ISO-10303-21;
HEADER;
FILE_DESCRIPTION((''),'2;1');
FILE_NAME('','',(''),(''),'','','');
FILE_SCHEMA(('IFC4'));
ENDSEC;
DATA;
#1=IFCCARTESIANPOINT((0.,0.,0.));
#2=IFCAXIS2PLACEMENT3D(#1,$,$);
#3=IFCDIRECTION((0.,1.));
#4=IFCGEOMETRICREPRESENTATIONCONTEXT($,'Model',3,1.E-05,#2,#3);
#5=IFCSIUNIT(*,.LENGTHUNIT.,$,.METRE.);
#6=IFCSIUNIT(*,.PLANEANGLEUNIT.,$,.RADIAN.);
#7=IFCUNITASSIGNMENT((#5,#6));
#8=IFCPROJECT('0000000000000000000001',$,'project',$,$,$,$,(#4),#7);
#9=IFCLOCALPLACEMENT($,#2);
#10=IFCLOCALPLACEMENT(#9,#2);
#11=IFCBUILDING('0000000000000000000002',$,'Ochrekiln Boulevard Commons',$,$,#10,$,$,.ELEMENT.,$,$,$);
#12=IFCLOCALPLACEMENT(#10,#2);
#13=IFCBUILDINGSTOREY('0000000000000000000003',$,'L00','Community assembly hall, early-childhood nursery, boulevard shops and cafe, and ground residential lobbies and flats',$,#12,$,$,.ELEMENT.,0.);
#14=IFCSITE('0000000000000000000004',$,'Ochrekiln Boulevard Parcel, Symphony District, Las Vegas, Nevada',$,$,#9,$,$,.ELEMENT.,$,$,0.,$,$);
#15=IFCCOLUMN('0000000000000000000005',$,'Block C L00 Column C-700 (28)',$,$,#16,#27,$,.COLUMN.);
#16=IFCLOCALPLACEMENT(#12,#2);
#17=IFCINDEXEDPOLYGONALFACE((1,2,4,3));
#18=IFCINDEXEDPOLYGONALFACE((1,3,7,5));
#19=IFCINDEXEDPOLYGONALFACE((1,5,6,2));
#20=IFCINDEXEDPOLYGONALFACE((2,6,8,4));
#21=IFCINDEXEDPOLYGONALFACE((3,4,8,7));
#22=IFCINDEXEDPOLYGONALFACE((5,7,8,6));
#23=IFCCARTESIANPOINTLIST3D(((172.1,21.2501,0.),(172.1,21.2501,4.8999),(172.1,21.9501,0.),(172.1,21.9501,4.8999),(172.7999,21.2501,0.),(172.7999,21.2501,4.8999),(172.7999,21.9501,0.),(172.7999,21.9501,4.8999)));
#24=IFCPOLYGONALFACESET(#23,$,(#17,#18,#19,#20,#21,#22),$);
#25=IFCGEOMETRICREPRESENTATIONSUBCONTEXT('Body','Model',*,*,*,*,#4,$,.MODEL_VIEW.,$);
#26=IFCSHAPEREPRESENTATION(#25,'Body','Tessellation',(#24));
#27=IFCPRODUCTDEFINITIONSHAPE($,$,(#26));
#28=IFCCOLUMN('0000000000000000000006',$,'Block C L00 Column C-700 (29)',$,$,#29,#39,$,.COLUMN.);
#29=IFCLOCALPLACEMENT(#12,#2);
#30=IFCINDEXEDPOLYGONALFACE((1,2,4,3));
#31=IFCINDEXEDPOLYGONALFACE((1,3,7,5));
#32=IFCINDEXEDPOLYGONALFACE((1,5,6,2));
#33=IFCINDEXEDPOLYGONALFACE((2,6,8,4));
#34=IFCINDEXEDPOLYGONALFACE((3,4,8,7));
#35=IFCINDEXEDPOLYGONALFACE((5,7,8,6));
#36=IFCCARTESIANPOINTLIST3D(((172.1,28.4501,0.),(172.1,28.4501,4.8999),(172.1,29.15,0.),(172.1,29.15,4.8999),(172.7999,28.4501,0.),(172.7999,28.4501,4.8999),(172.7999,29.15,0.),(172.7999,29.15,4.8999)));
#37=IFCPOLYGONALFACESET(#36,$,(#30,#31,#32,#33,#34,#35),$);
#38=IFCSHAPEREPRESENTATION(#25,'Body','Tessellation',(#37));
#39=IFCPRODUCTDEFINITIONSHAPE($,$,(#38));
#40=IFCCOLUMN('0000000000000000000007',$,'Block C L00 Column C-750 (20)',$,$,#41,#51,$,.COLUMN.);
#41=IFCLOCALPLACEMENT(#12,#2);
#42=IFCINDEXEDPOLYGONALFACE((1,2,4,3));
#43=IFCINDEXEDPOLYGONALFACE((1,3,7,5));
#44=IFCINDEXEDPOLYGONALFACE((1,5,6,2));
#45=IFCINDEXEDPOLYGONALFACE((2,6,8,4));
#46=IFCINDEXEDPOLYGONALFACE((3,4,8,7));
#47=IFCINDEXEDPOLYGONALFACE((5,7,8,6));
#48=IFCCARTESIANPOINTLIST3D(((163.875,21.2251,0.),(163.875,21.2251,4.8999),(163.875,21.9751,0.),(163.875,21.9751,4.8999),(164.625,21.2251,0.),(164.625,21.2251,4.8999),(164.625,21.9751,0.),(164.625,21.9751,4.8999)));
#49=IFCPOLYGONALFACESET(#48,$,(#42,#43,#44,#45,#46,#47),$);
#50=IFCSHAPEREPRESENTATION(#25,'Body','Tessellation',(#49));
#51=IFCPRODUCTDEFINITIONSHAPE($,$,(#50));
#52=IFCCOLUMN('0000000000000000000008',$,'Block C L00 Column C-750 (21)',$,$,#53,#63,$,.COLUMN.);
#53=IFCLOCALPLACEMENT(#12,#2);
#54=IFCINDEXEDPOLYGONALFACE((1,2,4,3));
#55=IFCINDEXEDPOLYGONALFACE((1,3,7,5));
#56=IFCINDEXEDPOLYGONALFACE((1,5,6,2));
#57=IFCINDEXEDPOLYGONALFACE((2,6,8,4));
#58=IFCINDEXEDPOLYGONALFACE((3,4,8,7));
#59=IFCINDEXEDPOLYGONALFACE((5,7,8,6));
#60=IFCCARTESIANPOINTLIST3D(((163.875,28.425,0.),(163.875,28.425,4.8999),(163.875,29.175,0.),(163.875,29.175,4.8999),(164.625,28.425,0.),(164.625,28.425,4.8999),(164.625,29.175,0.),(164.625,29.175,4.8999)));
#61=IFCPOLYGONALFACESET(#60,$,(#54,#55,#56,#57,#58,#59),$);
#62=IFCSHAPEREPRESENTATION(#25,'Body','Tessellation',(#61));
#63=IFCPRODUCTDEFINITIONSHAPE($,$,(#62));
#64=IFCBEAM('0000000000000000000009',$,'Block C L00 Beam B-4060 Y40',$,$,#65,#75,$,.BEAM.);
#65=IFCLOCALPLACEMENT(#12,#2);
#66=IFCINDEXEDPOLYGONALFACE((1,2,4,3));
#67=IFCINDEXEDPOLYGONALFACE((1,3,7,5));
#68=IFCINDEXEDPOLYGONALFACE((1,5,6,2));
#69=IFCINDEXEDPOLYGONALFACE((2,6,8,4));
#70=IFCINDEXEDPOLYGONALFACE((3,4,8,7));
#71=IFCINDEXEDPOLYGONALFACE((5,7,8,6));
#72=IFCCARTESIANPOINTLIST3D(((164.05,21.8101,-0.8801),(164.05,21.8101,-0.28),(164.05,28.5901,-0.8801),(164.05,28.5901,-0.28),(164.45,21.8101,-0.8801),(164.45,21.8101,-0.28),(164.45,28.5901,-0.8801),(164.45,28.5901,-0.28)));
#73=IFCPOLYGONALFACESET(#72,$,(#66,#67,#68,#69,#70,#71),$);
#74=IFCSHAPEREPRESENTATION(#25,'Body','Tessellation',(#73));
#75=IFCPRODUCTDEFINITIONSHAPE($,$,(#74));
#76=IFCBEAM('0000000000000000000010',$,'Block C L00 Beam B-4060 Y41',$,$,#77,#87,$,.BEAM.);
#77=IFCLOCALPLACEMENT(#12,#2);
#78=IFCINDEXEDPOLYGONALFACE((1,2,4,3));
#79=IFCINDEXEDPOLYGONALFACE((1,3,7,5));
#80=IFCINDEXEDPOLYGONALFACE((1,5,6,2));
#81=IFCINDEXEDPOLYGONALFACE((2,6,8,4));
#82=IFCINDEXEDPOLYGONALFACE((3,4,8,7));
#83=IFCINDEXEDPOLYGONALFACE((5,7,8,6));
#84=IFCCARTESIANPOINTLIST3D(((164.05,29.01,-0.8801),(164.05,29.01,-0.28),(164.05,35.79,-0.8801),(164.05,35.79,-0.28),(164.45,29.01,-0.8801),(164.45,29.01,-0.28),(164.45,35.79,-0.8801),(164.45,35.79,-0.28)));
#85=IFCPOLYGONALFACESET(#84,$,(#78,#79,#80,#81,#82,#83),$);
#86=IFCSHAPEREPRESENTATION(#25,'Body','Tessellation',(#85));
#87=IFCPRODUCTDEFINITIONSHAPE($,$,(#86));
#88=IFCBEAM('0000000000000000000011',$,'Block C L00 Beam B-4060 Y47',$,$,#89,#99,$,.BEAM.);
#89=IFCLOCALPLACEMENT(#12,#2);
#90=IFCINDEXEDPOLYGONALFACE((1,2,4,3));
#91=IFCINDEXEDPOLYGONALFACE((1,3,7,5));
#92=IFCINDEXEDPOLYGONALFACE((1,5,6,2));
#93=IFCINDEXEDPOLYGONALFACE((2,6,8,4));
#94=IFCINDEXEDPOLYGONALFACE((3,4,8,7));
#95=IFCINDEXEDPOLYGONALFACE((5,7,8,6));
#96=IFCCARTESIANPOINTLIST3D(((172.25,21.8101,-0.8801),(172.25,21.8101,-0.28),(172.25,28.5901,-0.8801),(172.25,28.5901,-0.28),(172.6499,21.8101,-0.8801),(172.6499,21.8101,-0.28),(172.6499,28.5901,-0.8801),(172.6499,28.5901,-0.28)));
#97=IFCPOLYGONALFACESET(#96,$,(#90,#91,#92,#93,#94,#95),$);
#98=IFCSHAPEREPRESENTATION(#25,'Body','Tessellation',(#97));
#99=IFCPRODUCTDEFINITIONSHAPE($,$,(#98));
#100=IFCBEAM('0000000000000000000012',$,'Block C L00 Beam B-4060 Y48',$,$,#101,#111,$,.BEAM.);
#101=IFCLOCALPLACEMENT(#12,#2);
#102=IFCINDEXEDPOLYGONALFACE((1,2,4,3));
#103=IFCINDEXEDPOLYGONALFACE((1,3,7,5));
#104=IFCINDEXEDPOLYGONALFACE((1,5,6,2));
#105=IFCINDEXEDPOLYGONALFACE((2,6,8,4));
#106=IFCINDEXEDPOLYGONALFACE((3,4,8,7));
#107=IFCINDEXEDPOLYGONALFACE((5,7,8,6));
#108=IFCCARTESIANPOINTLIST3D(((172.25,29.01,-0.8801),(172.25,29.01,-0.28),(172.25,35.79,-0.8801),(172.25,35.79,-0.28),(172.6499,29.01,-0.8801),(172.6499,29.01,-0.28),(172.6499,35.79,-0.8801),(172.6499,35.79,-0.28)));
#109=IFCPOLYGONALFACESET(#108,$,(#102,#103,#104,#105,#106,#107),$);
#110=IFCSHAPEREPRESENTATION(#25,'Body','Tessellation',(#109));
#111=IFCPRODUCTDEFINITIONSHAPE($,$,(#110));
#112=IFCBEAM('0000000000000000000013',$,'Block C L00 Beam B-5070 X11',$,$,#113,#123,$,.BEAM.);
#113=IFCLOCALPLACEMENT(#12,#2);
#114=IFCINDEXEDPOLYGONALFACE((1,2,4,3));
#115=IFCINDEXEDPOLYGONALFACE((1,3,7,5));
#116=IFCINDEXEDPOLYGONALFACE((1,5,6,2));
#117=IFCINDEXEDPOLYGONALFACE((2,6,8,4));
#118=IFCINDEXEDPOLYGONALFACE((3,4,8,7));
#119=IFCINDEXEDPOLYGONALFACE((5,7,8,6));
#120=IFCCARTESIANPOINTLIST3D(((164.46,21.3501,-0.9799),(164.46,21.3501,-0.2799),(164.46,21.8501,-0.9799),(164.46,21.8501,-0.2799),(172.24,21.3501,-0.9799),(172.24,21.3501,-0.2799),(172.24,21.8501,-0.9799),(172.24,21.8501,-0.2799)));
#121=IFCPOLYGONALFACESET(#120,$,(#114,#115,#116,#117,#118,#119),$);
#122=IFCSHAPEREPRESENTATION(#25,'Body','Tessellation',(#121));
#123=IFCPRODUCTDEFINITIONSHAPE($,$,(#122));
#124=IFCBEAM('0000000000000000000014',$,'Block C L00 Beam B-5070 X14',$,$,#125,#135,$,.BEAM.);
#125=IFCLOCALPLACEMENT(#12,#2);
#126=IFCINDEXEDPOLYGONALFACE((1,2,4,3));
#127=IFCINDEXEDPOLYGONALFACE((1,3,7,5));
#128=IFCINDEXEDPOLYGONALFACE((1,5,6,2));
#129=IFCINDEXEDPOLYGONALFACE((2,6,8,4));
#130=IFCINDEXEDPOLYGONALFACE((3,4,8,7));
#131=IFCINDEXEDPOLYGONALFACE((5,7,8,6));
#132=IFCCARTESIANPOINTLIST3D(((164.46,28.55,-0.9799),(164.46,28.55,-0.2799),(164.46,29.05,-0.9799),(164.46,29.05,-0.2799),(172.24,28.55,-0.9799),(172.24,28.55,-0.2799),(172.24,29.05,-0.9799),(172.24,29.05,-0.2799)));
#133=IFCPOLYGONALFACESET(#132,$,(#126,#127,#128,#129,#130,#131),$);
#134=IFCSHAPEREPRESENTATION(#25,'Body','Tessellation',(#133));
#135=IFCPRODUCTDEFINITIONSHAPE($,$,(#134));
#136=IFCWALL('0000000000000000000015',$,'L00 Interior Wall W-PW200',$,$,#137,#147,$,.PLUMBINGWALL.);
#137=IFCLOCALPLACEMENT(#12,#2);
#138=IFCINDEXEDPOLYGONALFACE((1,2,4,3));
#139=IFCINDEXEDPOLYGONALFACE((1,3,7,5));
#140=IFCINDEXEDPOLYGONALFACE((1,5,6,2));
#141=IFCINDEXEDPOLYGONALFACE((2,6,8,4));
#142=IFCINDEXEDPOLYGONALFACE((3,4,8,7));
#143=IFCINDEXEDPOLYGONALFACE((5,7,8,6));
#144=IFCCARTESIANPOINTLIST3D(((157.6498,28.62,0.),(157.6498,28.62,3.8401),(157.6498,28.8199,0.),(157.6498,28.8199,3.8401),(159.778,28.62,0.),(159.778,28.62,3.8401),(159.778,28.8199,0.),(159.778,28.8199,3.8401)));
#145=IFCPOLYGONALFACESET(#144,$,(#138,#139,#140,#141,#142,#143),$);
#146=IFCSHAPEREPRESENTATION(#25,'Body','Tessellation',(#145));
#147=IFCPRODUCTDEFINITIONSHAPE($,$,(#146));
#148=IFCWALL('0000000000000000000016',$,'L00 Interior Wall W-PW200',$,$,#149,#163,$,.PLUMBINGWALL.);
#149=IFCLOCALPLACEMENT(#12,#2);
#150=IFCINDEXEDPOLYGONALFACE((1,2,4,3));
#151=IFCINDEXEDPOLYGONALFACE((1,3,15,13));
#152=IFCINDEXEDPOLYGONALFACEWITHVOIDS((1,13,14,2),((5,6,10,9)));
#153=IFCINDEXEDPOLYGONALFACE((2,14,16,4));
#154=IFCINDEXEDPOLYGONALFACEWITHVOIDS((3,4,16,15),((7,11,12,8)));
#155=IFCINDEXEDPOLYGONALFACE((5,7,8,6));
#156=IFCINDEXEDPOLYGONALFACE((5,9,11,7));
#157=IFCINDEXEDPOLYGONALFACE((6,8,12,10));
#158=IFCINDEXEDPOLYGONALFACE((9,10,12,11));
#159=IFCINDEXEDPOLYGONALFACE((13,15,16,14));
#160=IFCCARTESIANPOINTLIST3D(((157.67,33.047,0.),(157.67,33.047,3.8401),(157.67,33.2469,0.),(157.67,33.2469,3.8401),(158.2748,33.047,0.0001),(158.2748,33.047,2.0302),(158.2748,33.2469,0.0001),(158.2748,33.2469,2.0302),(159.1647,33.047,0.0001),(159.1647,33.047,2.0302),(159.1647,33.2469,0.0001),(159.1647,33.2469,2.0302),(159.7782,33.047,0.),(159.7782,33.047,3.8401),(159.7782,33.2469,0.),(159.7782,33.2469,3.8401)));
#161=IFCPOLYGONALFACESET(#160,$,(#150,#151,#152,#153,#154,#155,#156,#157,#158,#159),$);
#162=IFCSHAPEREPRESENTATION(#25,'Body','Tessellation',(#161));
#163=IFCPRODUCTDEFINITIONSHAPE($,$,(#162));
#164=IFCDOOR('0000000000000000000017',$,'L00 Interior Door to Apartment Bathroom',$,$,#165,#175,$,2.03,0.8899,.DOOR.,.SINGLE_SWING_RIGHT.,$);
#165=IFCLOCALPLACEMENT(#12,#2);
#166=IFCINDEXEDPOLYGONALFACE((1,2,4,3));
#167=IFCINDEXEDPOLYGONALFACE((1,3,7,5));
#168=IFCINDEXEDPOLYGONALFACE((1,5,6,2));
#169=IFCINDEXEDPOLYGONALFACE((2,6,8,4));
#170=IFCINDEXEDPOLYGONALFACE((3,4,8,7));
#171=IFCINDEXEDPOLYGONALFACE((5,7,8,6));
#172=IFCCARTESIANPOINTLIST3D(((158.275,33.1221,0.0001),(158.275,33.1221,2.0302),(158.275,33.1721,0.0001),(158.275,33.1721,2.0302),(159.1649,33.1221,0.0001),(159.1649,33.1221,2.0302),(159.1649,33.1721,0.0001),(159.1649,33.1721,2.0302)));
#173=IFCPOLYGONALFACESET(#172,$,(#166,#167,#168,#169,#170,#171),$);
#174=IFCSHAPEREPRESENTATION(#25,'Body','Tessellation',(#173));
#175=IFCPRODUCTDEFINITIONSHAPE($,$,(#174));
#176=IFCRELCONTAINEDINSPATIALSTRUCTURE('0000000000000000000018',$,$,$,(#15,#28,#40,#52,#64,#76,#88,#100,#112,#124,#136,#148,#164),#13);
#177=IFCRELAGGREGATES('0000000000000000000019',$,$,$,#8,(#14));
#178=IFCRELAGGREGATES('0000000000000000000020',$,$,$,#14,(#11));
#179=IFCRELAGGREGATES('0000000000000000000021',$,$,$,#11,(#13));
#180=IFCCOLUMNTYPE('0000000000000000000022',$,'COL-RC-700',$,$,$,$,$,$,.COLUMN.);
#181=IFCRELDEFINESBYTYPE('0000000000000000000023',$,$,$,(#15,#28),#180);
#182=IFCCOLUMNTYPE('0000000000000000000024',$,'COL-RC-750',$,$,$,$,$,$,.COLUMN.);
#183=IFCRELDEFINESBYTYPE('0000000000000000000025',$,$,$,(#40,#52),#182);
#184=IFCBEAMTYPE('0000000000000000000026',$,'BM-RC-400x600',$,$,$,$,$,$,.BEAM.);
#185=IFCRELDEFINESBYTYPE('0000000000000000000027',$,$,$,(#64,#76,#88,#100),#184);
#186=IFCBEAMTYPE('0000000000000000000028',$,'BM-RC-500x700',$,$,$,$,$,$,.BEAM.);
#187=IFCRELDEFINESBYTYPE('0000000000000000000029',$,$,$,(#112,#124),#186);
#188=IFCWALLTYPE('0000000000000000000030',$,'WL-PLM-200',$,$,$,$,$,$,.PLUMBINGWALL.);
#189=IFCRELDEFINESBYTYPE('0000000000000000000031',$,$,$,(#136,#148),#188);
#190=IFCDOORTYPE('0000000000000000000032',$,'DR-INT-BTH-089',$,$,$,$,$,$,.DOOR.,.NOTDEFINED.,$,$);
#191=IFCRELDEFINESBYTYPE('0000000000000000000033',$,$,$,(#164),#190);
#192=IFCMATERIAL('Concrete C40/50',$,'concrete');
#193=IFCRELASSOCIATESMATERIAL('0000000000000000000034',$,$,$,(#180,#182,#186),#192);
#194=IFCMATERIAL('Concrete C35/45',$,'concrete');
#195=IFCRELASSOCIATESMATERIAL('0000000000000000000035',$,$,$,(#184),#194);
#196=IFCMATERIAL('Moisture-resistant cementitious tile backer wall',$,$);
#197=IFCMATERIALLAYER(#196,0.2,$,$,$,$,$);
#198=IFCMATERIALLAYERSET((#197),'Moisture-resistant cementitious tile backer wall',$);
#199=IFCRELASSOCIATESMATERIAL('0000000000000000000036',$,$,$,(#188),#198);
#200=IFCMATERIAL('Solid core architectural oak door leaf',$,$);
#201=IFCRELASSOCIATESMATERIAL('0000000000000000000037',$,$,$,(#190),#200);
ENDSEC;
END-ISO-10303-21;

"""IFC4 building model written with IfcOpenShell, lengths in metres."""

from ifc_helpers import new_model, si_unit, direction, frame, frame_2d, origin, origin_2d, place, context, subcontext, project, spatial, rectangle, extrude, material, layer, layer_set, material_profile, profile_set, type_object, element, fill, save


model = new_model("IFC4")

# Units and contexts
model_context = context("Model", 3, precision=1e-05, world=origin(), true_north=direction((0.0, 1.0)))
body_context = subcontext(model_context, "Body", "Model", "MODEL_VIEW")
ifc_project = project(units=[si_unit("LENGTHUNIT", "METRE"), si_unit("PLANEANGLEUNIT", "RADIAN")], contexts=[model_context])

# Site, building, storey
site_placement = place(None, origin())
site = spatial("IfcSite", under=ifc_project, at=site_placement, Name="Ochrekiln Boulevard Parcel, Symphony District, Las Vegas, Nevada", CompositionType="ELEMENT", RefElevation=0.0)
building_placement = place(site_placement, origin())
building = spatial("IfcBuilding", under=site, at=building_placement, Name="Ochrekiln Boulevard Commons", CompositionType="ELEMENT")
storey_placement = place(building_placement, origin())
storey = spatial("IfcBuildingStorey", under=building, at=storey_placement, Name="L00", Description="Community assembly hall, early-childhood nursery, boulevard shops and cafe, and ground residential lobbies and flats", CompositionType="ELEMENT", Elevation=0.0)

# Columns
ifc_material_1 = material(Name="Concrete C40/50", Category="concrete")
ifc_material_profile_1 = material_profile(ifc_material_1, rectangle(XDim=0.7, YDim=0.7, at=origin_2d()), Name="RC-COL-700x700")
ifc_profile_set_1 = profile_set([ifc_material_profile_1], Name="Concrete C40/50")
column_type_1 = type_object("IfcColumnType", Name="COL-RC-700", PredefinedType="COLUMN", material=ifc_profile_set_1)
for number, where, z_axis, x_axis, name in (
    (1, (172.45, 21.6001, 0.0), (0.0, 0.0, 1.0), (1.0, 0.0, 0.0), "Block C L00 Column C-700 (28)"),
    (2, (172.45, 28.8, 0.0), (0.0, 0.0, 1.0), (1.0, 0.0, 0.0), "Block C L00 Column C-700 (29)"),
):
    element("IfcColumn", number, at=place(storey_placement, frame(where, z_axis=z_axis, x_axis=x_axis)), inside=storey, type_object=column_type_1, Name=name, PredefinedType="COLUMN", context=body_context, shape_type="SweptSolid", body=[
        extrude(rectangle(XDim=0.7, YDim=0.7, at=origin_2d()), origin(), (0.0, 0.0, 1.0), 4.8999),
    ])
ifc_material_profile_2 = material_profile(ifc_material_1, rectangle(XDim=0.75, YDim=0.75, at=origin_2d()), Name="RC-COL-750x750")
ifc_profile_set_2 = profile_set([ifc_material_profile_2], Name="Concrete C40/50")
column_type_2 = type_object("IfcColumnType", Name="COL-RC-750", PredefinedType="COLUMN", material=ifc_profile_set_2)
for number, where, z_axis, x_axis, name in (
    (3, (164.25, 21.6001, 0.0), (0.0, 0.0, 1.0), (1.0, 0.0, 0.0), "Block C L00 Column C-750 (20)"),
    (4, (164.25, 28.8, 0.0), (0.0, 0.0, 1.0), (1.0, 0.0, 0.0), "Block C L00 Column C-750 (21)"),
):
    element("IfcColumn", number, at=place(storey_placement, frame(where, z_axis=z_axis, x_axis=x_axis)), inside=storey, type_object=column_type_2, Name=name, PredefinedType="COLUMN", context=body_context, shape_type="SweptSolid", body=[
        extrude(rectangle(XDim=0.75, YDim=0.75, at=origin_2d()), origin(), (0.0, 0.0, 1.0), 4.8999),
    ])

# Beams
ifc_material_2 = material(Name="Concrete C35/45", Category="concrete")
ifc_material_profile_3 = material_profile(ifc_material_2, rectangle(XDim=0.3999, YDim=0.6001, at=origin_2d()), Name="RC-BM-400x600")
ifc_profile_set_3 = profile_set([ifc_material_profile_3], Name="Concrete C35/45")
beam_type_1 = type_object("IfcBeamType", Name="BM-RC-400x600", PredefinedType="BEAM", material=ifc_profile_set_3)
for number, where, z_axis, x_axis, name in (
    (5, (164.25, 21.8101, -0.5801), (0.0, 1.0, 0.0), (-1.0, 0.0, 0.0), "Block C L00 Beam B-4060 Y40"),
    (6, (164.25, 29.01, -0.5801), (0.0, 1.0, 0.0), (-1.0, 0.0, 0.0), "Block C L00 Beam B-4060 Y41"),
    (7, (172.45, 21.8101, -0.5801), (0.0, 1.0, 0.0), (-1.0, 0.0, 0.0), "Block C L00 Beam B-4060 Y47"),
    (8, (172.45, 29.01, -0.5801), (0.0, 1.0, 0.0), (-1.0, 0.0, 0.0), "Block C L00 Beam B-4060 Y48"),
):
    element("IfcBeam", number, at=place(storey_placement, frame(where, z_axis=z_axis, x_axis=x_axis)), inside=storey, type_object=beam_type_1, Name=name, PredefinedType="BEAM", context=body_context, shape_type="SweptSolid", body=[
        extrude(rectangle(XDim=0.3999, YDim=0.6001, at=origin_2d()), origin(), (0.0, 0.0, 1.0), 6.78),
    ])
ifc_material_profile_4 = material_profile(ifc_material_1, rectangle(XDim=0.5, YDim=0.7, at=origin_2d()), Name="RC-BM-500x700")
ifc_profile_set_4 = profile_set([ifc_material_profile_4], Name="Concrete C40/50")
beam_type_2 = type_object("IfcBeamType", Name="BM-RC-500x700", PredefinedType="BEAM", material=ifc_profile_set_4)
for number, where, z_axis, x_axis, name in (
    (9, (164.46, 21.6001, -0.6299), (1.0, 0.0, 0.0), (0.0, 1.0, 0.0), "Block C L00 Beam B-5070 X11"),
    (10, (164.46, 28.8, -0.6299), (1.0, 0.0, 0.0), (0.0, 1.0, 0.0), "Block C L00 Beam B-5070 X14"),
):
    element("IfcBeam", number, at=place(storey_placement, frame(where, z_axis=z_axis, x_axis=x_axis)), inside=storey, type_object=beam_type_2, Name=name, PredefinedType="BEAM", context=body_context, shape_type="SweptSolid", body=[
        extrude(rectangle(XDim=0.5, YDim=0.7, at=origin_2d()), origin(), (0.0, 0.0, 1.0), 7.78),
    ])

# Wall
ifc_material_3 = material(Name="Moisture-resistant cementitious tile backer wall")
ifc_layer_1 = layer(ifc_material_3, 0.2)
ifc_layer_set_1 = layer_set([ifc_layer_1], Name="Moisture-resistant cementitious tile backer wall")
wall_type_1 = type_object("IfcWallType", Name="WL-PLM-200", PredefinedType="PLUMBINGWALL", material=ifc_layer_set_1)
wall_1_placement = place(storey_placement, frame((157.6499, 28.72, 0.0), z_axis=(0.0, 0.0, 1.0), x_axis=(1.0, 0.0, 0.0)))
element("IfcWall", 11, at=wall_1_placement, inside=storey, type_object=wall_type_1, Name="L00 Interior Wall W-PW200", PredefinedType="PLUMBINGWALL", context=body_context, shape_type="SweptSolid", body=[
    extrude(rectangle(XDim=2.1282, YDim=0.2, at=frame_2d((1.064, 0.0))), origin(), (0.0, 0.0, 1.0), 3.8401),
])

# Wall, opening, door
wall_2_placement = place(storey_placement, frame((157.6699, 33.147, 0.0), z_axis=(0.0, 0.0, 1.0), x_axis=(1.0, 0.0, 0.0)))
wall_2 = element("IfcWall", 12, at=wall_2_placement, inside=storey, type_object=wall_type_1, Name="L00 Interior Wall W-PW200", PredefinedType="PLUMBINGWALL", context=body_context, shape_type="SweptSolid", body=[
    extrude(rectangle(XDim=2.1082, YDim=0.2, at=frame_2d((1.0542, 0.0))), origin(), (0.0, 0.0, 1.0), 3.8401),
])
opening_1_placement = place(wall_2_placement, frame((0.605, 0.0, 0.0)))
opening_1 = element("IfcOpeningElement", 13, at=opening_1_placement, cuts=wall_2, PredefinedType="OPENING", context=body_context, shape_type="SweptSolid", body=[
    extrude(rectangle(XDim=0.8899, YDim=2.03, at=frame_2d((0.4448, 1.0151))), frame((0.0, 0.1099, 0.0), z_axis=(0.0, -1.0, 0.0), x_axis=(1.0, 0.0, 0.0)), (0.0, 0.0, 1.0), 0.22),
])
ifc_material_4 = material(Name="Solid core architectural oak door leaf")
door_type_1 = type_object("IfcDoorType", Name="DR-INT-BTH-089", OperationType="NOTDEFINED", PredefinedType="DOOR", material=ifc_material_4)
door_1_placement = place(opening_1_placement, frame((0.8899, 0.0, 0.0), z_axis=(0.0, 0.0, 1.0), x_axis=(-1.0, 0.0, 0.0)))
door_1 = element("IfcDoor", 14, at=door_1_placement, inside=storey, type_object=door_type_1, Name="L00 Interior Door to Apartment Bathroom", OperationType="SINGLE_SWING_RIGHT", OverallHeight=2.03, OverallWidth=0.8899, PredefinedType="DOOR", context=body_context, shape_type="SweptSolid", body=[
    extrude(rectangle(XDim=0.8899, YDim=2.03, at=frame_2d((0.4448, 1.0151))), frame((0.0, 0.0249, 0.0), z_axis=(0.0, -1.0, 0.0), x_axis=(1.0, 0.0, 0.0)), (0.0, 0.0, 1.0), 0.05),
])
fill(opening_1, door_1)

save(model, "model.ifc")
